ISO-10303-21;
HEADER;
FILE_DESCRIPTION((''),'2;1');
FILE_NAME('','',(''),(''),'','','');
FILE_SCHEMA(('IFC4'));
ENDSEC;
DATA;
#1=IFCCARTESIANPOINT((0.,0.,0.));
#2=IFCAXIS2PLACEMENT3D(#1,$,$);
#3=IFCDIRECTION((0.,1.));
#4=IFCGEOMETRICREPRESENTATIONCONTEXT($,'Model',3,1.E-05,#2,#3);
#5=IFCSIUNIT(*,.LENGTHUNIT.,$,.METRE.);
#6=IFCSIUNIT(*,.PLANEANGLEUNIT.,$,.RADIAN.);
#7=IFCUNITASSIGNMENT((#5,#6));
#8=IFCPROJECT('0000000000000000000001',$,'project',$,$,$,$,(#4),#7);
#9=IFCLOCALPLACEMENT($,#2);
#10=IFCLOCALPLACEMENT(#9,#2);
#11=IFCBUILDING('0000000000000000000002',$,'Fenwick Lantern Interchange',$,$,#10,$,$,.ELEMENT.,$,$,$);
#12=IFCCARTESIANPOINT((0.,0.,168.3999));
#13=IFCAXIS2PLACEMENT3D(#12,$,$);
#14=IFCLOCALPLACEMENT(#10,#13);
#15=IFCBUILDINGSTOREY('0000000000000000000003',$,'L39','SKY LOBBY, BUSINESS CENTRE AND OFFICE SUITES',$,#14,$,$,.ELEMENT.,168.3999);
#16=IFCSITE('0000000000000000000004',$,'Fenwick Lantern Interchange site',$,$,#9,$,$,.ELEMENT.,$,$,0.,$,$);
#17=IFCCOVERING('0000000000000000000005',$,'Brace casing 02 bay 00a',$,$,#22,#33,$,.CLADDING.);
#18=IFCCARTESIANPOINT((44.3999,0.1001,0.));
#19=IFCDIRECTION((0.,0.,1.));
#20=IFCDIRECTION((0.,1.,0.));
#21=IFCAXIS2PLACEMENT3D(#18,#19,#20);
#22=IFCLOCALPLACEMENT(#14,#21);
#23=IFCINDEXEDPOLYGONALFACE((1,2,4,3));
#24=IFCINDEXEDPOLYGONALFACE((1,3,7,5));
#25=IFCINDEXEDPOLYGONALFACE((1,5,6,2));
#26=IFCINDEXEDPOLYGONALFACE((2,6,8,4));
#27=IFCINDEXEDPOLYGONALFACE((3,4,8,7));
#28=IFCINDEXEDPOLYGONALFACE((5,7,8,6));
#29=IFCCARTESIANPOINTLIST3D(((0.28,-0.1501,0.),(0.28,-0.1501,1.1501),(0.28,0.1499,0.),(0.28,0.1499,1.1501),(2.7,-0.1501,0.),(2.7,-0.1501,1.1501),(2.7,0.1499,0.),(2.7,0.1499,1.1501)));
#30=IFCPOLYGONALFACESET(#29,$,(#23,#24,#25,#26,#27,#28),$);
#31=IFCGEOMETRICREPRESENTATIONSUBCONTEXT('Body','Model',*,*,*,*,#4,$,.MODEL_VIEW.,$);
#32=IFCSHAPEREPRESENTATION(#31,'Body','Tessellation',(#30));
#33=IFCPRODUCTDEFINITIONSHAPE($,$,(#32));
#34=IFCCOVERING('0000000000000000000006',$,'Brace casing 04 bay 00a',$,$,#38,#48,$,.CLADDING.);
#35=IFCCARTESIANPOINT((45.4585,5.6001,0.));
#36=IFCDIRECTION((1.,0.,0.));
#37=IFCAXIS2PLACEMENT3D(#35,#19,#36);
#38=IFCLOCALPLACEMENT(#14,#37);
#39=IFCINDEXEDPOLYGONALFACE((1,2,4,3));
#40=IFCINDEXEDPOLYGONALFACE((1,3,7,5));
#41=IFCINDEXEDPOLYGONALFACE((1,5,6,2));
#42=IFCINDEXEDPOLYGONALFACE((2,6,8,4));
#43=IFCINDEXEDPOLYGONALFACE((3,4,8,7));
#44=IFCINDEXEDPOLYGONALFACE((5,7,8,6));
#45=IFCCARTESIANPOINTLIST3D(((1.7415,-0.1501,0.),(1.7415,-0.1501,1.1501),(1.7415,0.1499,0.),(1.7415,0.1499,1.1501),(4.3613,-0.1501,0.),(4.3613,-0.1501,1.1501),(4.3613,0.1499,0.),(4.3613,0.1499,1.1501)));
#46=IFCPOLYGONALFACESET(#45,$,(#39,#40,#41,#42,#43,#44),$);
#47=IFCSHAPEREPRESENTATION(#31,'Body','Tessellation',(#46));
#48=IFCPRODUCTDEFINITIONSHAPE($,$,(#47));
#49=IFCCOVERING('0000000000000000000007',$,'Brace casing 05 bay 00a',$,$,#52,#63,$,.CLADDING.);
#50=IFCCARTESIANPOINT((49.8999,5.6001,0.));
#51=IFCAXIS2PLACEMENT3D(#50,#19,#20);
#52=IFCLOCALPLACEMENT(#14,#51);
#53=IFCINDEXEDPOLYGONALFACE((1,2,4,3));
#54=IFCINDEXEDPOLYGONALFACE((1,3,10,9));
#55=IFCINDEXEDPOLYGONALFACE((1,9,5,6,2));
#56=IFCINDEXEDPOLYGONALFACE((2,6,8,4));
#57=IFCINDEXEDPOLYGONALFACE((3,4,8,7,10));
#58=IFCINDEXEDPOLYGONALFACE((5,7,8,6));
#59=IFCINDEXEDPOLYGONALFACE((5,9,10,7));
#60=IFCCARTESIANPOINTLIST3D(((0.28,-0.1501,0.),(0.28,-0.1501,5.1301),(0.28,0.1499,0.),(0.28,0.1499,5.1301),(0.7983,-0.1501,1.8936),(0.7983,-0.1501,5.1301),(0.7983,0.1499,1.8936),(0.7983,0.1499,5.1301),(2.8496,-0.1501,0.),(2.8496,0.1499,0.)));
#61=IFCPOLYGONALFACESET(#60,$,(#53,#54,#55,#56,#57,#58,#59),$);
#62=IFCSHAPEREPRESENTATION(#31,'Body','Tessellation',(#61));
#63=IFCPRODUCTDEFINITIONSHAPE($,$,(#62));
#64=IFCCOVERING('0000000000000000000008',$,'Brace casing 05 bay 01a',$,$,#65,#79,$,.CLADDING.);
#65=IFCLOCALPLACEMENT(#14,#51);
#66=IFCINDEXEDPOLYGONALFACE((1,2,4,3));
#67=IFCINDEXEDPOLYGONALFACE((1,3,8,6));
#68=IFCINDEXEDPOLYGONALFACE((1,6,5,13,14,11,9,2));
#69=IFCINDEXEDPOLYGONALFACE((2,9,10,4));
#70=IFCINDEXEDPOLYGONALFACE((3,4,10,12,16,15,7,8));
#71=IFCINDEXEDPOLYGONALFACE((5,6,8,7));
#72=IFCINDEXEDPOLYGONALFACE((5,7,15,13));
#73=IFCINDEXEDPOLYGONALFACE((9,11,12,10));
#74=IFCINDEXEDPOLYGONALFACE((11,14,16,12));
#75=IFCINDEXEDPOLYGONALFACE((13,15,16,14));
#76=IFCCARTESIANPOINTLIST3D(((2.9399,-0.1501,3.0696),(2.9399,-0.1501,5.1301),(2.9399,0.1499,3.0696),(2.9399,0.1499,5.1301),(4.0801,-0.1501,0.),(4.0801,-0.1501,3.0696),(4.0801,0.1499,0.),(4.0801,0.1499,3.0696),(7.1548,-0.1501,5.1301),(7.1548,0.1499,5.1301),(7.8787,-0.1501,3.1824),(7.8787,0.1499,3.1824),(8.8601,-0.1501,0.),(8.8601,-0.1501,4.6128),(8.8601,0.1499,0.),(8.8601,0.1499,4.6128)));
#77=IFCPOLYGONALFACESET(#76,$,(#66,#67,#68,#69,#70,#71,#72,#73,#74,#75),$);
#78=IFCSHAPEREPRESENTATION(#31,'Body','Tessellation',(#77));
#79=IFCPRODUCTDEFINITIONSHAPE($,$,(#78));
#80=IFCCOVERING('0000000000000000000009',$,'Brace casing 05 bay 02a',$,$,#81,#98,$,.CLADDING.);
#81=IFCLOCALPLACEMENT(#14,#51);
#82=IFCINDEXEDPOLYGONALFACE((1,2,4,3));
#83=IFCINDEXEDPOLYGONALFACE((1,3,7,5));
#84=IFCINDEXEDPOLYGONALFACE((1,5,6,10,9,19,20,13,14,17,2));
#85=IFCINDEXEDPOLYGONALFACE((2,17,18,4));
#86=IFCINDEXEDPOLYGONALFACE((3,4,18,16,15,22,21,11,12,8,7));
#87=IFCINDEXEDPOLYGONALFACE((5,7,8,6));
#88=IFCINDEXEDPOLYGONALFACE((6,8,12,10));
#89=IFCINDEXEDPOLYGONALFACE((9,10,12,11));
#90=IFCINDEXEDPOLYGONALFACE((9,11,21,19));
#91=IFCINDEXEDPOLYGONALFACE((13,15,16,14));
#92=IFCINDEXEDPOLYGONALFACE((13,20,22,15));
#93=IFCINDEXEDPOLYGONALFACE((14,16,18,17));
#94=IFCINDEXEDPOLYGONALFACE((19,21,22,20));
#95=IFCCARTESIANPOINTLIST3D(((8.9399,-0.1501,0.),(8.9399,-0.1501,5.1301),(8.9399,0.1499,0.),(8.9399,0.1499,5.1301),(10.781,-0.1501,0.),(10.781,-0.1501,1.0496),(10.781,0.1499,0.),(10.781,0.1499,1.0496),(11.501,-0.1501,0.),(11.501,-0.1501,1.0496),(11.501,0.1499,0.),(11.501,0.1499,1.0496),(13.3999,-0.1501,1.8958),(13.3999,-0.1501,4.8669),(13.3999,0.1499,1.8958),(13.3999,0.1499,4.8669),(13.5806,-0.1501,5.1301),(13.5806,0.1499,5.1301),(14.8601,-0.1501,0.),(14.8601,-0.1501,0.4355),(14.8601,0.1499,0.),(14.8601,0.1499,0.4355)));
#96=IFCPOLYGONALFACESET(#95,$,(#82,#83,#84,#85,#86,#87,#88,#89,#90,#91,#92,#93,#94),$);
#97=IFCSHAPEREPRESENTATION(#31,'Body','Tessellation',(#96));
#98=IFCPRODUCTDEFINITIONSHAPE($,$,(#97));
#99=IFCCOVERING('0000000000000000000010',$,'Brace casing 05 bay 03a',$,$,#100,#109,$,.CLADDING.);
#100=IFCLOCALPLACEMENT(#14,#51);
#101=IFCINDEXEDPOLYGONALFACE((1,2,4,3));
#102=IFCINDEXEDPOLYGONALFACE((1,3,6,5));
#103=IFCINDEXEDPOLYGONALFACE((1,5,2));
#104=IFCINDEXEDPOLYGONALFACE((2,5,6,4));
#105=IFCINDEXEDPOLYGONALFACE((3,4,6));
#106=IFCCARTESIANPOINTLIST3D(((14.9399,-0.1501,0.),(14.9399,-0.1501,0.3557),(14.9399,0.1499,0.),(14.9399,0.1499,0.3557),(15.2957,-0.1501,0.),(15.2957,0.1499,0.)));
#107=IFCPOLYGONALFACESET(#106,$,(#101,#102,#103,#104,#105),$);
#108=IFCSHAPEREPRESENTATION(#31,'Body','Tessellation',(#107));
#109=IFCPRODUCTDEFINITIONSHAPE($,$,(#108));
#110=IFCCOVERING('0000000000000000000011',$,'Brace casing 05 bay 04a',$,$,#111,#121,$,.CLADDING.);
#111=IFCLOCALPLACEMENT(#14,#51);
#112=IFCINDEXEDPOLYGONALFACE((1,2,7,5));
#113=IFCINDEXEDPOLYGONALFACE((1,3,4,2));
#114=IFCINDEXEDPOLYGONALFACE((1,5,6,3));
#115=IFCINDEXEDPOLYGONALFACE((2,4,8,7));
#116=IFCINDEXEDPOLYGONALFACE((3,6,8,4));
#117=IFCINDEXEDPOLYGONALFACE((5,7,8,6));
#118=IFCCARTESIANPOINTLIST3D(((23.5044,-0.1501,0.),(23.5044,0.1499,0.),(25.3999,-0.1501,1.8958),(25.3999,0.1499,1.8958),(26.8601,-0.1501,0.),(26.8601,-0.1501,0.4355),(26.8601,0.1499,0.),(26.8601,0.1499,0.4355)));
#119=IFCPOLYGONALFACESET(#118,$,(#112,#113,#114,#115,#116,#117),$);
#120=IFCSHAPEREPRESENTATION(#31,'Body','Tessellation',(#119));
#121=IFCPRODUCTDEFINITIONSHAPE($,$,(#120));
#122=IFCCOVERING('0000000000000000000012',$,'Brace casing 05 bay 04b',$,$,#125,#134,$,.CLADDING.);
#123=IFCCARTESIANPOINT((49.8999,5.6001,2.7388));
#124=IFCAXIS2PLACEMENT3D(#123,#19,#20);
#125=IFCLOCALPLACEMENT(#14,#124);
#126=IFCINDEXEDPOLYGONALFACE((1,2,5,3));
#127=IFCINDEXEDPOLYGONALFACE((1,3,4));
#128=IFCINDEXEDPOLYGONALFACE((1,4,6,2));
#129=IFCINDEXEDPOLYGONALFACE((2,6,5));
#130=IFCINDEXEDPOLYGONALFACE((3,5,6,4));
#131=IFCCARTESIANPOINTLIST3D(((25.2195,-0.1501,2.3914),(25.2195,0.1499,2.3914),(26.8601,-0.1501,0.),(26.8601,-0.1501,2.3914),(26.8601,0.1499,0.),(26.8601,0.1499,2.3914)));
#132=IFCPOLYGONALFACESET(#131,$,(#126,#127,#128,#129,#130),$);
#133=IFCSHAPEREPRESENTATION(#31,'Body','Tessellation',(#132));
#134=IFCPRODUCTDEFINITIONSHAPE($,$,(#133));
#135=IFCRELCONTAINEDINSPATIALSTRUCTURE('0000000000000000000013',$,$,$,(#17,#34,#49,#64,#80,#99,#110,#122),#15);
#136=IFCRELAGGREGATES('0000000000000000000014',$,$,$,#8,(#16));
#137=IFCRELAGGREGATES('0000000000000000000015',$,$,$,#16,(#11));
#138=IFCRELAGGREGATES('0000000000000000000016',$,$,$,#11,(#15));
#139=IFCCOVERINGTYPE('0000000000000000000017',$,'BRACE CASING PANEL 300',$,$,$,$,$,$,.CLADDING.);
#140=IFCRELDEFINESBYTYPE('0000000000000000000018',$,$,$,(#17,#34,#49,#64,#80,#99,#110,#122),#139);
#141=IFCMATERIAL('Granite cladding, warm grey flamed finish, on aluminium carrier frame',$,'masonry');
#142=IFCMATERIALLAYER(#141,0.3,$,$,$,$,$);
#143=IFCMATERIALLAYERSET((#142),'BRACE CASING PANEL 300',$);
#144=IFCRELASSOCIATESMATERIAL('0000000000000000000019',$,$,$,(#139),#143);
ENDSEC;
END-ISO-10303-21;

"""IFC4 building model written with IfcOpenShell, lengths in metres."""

from ifc_helpers import new_model, si_unit, direction, frame, origin, place, context, subcontext, project, spatial, polyline, outline, extrude, material, layer, layer_set, type_object, element, save


model = new_model("IFC4")

# Units and contexts
model_context = context("Model", 3, precision=1e-05, world=origin(), true_north=direction((0.0, 1.0)))
body_context = subcontext(model_context, "Body", "Model", "MODEL_VIEW")
ifc_project = project(units=[si_unit("LENGTHUNIT", "METRE"), si_unit("PLANEANGLEUNIT", "RADIAN")], contexts=[model_context])

# Site, building, storey
site_placement = place(None, origin())
site = spatial("IfcSite", under=ifc_project, at=site_placement, Name="Fenwick Lantern Interchange site", CompositionType="ELEMENT", RefElevation=0.0)
building_placement = place(site_placement, origin())
building = spatial("IfcBuilding", under=site, at=building_placement, Name="Fenwick Lantern Interchange", CompositionType="ELEMENT")
storey_placement = place(building_placement, frame((0.0, 0.0, 168.3999)))
storey = spatial("IfcBuildingStorey", under=building, at=storey_placement, Name="L39", Description="SKY LOBBY, BUSINESS CENTRE AND OFFICE SUITES", CompositionType="ELEMENT", Elevation=168.3999)

# Coverings
ifc_material_1 = material(Name="Granite cladding, warm grey flamed finish, on aluminium carrier frame", Category="masonry")
ifc_layer_1 = layer(ifc_material_1, 0.3)
ifc_layer_set_1 = layer_set([ifc_layer_1], Name="BRACE CASING PANEL 300")
covering_type = type_object("IfcCoveringType", Name="BRACE CASING PANEL 300", PredefinedType="CLADDING", material=ifc_layer_set_1)
covering_1_placement = place(storey_placement, frame((44.3999, 0.1001, 0.0), z_axis=(0.0, 0.0, 1.0), x_axis=(0.0, 1.0, 0.0)))
element("IfcCovering", 1, at=covering_1_placement, inside=storey, type_object=covering_type, Name="Brace casing 02 bay 00a", PredefinedType="CLADDING", context=body_context, shape_type="SweptSolid", body=[
    extrude(outline(polyline([(0.28, 0.0), (2.7, 0.0), (2.7, 1.1501), (0.28, 1.1501), (0.28, 0.0)])), frame((0.0, 0.1499, 0.0), z_axis=(0.0, -1.0, 0.0), x_axis=(1.0, 0.0, 0.0)), (0.0, 0.0, 1.0), 0.3),
])
covering_2_placement = place(storey_placement, frame((45.4585, 5.6001, 0.0), z_axis=(0.0, 0.0, 1.0), x_axis=(1.0, 0.0, 0.0)))
element("IfcCovering", 2, at=covering_2_placement, inside=storey, type_object=covering_type, Name="Brace casing 04 bay 00a", PredefinedType="CLADDING", context=body_context, shape_type="SweptSolid", body=[
    extrude(outline(polyline([(1.7415, 0.0), (4.3613, 0.0), (4.3613, 1.1501), (1.7415, 1.1501), (1.7415, 0.0)])), frame((0.0, 0.1499, 0.0), z_axis=(0.0, -1.0, 0.0), x_axis=(1.0, 0.0, 0.0)), (0.0, 0.0, 1.0), 0.3),
])
covering_3_placement = place(storey_placement, frame((49.8999, 5.6001, 0.0), z_axis=(0.0, 0.0, 1.0), x_axis=(0.0, 1.0, 0.0)))
element("IfcCovering", 3, at=covering_3_placement, inside=storey, type_object=covering_type, Name="Brace casing 05 bay 00a", PredefinedType="CLADDING", context=body_context, shape_type="SweptSolid", body=[
    extrude(outline(polyline([(0.28, 0.0), (2.8496, 0.0), (0.7983, 1.8936), (0.7983, 5.1301), (0.28, 5.1301), (0.28, 0.0)])), frame((0.0, 0.1499, 0.0), z_axis=(0.0, -1.0, 0.0), x_axis=(1.0, 0.0, 0.0)), (0.0, 0.0, 1.0), 0.3),
])
covering_4_placement = place(storey_placement, frame((49.8999, 5.6001, 0.0), z_axis=(0.0, 0.0, 1.0), x_axis=(0.0, 1.0, 0.0)))
element("IfcCovering", 4, at=covering_4_placement, inside=storey, type_object=covering_type, Name="Brace casing 05 bay 01a", PredefinedType="CLADDING", context=body_context, shape_type="SweptSolid", body=[
    extrude(outline(polyline([(4.0801, 0.0), (8.8601, 0.0), (8.8601, 4.6128), (7.8787, 3.1824), (7.1548, 5.1301), (2.9399, 5.1301), (2.9399, 3.0696), (4.0801, 3.0696), (4.0801, 0.0)])), frame((0.0, 0.1499, 0.0), z_axis=(0.0, -1.0, 0.0), x_axis=(1.0, 0.0, 0.0)), (0.0, 0.0, 1.0), 0.3),
])
covering_5_placement = place(storey_placement, frame((49.8999, 5.6001, 0.0), z_axis=(0.0, 0.0, 1.0), x_axis=(0.0, 1.0, 0.0)))
element("IfcCovering", 5, at=covering_5_placement, inside=storey, type_object=covering_type, Name="Brace casing 05 bay 02a", PredefinedType="CLADDING", context=body_context, shape_type="SweptSolid", body=[
    extrude(outline(polyline([(8.9399, 0.0), (10.781, 0.0), (10.781, 1.0496), (11.501, 1.0496), (11.501, 0.0), (14.8601, 0.0), (14.8601, 0.4355), (13.3999, 1.8958), (13.3999, 4.8669), (13.5806, 5.1301), (8.9399, 5.1301), (8.9399, 0.0)])), frame((0.0, 0.1499, 0.0), z_axis=(0.0, -1.0, 0.0), x_axis=(1.0, 0.0, 0.0)), (0.0, 0.0, 1.0), 0.3),
])
covering_6_placement = place(storey_placement, frame((49.8999, 5.6001, 0.0), z_axis=(0.0, 0.0, 1.0), x_axis=(0.0, 1.0, 0.0)))
element("IfcCovering", 6, at=covering_6_placement, inside=storey, type_object=covering_type, Name="Brace casing 05 bay 03a", PredefinedType="CLADDING", context=body_context, shape_type="SweptSolid", body=[
    extrude(outline(polyline([(14.9399, 0.0), (15.2957, 0.0), (14.9399, 0.3557), (14.9399, 0.0)])), frame((0.0, 0.1499, 0.0), z_axis=(0.0, -1.0, 0.0), x_axis=(1.0, 0.0, 0.0)), (0.0, 0.0, 1.0), 0.3),
])
covering_7_placement = place(storey_placement, frame((49.8999, 5.6001, 0.0), z_axis=(0.0, 0.0, 1.0), x_axis=(0.0, 1.0, 0.0)))
element("IfcCovering", 7, at=covering_7_placement, inside=storey, type_object=covering_type, Name="Brace casing 05 bay 04a", PredefinedType="CLADDING", context=body_context, shape_type="SweptSolid", body=[
    extrude(outline(polyline([(23.5044, 0.0), (26.8601, 0.0), (26.8601, 0.4355), (25.3999, 1.8958), (23.5044, 0.0)])), frame((0.0, 0.1499, 0.0), z_axis=(0.0, -1.0, 0.0), x_axis=(1.0, 0.0, 0.0)), (0.0, 0.0, 1.0), 0.3),
])
covering_8_placement = place(storey_placement, frame((49.8999, 5.6001, 2.7388), z_axis=(0.0, 0.0, 1.0), x_axis=(0.0, 1.0, 0.0)))
element("IfcCovering", 8, at=covering_8_placement, inside=storey, type_object=covering_type, Name="Brace casing 05 bay 04b", PredefinedType="CLADDING", context=body_context, shape_type="SweptSolid", body=[
    extrude(outline(polyline([(26.8601, 0.0), (26.8601, 2.3914), (25.2195, 2.3914), (26.8601, 0.0)])), frame((0.0, 0.1499, 0.0), z_axis=(0.0, -1.0, 0.0), x_axis=(1.0, 0.0, 0.0)), (0.0, 0.0, 1.0), 0.3),
])

save(model, "model.ifc")
